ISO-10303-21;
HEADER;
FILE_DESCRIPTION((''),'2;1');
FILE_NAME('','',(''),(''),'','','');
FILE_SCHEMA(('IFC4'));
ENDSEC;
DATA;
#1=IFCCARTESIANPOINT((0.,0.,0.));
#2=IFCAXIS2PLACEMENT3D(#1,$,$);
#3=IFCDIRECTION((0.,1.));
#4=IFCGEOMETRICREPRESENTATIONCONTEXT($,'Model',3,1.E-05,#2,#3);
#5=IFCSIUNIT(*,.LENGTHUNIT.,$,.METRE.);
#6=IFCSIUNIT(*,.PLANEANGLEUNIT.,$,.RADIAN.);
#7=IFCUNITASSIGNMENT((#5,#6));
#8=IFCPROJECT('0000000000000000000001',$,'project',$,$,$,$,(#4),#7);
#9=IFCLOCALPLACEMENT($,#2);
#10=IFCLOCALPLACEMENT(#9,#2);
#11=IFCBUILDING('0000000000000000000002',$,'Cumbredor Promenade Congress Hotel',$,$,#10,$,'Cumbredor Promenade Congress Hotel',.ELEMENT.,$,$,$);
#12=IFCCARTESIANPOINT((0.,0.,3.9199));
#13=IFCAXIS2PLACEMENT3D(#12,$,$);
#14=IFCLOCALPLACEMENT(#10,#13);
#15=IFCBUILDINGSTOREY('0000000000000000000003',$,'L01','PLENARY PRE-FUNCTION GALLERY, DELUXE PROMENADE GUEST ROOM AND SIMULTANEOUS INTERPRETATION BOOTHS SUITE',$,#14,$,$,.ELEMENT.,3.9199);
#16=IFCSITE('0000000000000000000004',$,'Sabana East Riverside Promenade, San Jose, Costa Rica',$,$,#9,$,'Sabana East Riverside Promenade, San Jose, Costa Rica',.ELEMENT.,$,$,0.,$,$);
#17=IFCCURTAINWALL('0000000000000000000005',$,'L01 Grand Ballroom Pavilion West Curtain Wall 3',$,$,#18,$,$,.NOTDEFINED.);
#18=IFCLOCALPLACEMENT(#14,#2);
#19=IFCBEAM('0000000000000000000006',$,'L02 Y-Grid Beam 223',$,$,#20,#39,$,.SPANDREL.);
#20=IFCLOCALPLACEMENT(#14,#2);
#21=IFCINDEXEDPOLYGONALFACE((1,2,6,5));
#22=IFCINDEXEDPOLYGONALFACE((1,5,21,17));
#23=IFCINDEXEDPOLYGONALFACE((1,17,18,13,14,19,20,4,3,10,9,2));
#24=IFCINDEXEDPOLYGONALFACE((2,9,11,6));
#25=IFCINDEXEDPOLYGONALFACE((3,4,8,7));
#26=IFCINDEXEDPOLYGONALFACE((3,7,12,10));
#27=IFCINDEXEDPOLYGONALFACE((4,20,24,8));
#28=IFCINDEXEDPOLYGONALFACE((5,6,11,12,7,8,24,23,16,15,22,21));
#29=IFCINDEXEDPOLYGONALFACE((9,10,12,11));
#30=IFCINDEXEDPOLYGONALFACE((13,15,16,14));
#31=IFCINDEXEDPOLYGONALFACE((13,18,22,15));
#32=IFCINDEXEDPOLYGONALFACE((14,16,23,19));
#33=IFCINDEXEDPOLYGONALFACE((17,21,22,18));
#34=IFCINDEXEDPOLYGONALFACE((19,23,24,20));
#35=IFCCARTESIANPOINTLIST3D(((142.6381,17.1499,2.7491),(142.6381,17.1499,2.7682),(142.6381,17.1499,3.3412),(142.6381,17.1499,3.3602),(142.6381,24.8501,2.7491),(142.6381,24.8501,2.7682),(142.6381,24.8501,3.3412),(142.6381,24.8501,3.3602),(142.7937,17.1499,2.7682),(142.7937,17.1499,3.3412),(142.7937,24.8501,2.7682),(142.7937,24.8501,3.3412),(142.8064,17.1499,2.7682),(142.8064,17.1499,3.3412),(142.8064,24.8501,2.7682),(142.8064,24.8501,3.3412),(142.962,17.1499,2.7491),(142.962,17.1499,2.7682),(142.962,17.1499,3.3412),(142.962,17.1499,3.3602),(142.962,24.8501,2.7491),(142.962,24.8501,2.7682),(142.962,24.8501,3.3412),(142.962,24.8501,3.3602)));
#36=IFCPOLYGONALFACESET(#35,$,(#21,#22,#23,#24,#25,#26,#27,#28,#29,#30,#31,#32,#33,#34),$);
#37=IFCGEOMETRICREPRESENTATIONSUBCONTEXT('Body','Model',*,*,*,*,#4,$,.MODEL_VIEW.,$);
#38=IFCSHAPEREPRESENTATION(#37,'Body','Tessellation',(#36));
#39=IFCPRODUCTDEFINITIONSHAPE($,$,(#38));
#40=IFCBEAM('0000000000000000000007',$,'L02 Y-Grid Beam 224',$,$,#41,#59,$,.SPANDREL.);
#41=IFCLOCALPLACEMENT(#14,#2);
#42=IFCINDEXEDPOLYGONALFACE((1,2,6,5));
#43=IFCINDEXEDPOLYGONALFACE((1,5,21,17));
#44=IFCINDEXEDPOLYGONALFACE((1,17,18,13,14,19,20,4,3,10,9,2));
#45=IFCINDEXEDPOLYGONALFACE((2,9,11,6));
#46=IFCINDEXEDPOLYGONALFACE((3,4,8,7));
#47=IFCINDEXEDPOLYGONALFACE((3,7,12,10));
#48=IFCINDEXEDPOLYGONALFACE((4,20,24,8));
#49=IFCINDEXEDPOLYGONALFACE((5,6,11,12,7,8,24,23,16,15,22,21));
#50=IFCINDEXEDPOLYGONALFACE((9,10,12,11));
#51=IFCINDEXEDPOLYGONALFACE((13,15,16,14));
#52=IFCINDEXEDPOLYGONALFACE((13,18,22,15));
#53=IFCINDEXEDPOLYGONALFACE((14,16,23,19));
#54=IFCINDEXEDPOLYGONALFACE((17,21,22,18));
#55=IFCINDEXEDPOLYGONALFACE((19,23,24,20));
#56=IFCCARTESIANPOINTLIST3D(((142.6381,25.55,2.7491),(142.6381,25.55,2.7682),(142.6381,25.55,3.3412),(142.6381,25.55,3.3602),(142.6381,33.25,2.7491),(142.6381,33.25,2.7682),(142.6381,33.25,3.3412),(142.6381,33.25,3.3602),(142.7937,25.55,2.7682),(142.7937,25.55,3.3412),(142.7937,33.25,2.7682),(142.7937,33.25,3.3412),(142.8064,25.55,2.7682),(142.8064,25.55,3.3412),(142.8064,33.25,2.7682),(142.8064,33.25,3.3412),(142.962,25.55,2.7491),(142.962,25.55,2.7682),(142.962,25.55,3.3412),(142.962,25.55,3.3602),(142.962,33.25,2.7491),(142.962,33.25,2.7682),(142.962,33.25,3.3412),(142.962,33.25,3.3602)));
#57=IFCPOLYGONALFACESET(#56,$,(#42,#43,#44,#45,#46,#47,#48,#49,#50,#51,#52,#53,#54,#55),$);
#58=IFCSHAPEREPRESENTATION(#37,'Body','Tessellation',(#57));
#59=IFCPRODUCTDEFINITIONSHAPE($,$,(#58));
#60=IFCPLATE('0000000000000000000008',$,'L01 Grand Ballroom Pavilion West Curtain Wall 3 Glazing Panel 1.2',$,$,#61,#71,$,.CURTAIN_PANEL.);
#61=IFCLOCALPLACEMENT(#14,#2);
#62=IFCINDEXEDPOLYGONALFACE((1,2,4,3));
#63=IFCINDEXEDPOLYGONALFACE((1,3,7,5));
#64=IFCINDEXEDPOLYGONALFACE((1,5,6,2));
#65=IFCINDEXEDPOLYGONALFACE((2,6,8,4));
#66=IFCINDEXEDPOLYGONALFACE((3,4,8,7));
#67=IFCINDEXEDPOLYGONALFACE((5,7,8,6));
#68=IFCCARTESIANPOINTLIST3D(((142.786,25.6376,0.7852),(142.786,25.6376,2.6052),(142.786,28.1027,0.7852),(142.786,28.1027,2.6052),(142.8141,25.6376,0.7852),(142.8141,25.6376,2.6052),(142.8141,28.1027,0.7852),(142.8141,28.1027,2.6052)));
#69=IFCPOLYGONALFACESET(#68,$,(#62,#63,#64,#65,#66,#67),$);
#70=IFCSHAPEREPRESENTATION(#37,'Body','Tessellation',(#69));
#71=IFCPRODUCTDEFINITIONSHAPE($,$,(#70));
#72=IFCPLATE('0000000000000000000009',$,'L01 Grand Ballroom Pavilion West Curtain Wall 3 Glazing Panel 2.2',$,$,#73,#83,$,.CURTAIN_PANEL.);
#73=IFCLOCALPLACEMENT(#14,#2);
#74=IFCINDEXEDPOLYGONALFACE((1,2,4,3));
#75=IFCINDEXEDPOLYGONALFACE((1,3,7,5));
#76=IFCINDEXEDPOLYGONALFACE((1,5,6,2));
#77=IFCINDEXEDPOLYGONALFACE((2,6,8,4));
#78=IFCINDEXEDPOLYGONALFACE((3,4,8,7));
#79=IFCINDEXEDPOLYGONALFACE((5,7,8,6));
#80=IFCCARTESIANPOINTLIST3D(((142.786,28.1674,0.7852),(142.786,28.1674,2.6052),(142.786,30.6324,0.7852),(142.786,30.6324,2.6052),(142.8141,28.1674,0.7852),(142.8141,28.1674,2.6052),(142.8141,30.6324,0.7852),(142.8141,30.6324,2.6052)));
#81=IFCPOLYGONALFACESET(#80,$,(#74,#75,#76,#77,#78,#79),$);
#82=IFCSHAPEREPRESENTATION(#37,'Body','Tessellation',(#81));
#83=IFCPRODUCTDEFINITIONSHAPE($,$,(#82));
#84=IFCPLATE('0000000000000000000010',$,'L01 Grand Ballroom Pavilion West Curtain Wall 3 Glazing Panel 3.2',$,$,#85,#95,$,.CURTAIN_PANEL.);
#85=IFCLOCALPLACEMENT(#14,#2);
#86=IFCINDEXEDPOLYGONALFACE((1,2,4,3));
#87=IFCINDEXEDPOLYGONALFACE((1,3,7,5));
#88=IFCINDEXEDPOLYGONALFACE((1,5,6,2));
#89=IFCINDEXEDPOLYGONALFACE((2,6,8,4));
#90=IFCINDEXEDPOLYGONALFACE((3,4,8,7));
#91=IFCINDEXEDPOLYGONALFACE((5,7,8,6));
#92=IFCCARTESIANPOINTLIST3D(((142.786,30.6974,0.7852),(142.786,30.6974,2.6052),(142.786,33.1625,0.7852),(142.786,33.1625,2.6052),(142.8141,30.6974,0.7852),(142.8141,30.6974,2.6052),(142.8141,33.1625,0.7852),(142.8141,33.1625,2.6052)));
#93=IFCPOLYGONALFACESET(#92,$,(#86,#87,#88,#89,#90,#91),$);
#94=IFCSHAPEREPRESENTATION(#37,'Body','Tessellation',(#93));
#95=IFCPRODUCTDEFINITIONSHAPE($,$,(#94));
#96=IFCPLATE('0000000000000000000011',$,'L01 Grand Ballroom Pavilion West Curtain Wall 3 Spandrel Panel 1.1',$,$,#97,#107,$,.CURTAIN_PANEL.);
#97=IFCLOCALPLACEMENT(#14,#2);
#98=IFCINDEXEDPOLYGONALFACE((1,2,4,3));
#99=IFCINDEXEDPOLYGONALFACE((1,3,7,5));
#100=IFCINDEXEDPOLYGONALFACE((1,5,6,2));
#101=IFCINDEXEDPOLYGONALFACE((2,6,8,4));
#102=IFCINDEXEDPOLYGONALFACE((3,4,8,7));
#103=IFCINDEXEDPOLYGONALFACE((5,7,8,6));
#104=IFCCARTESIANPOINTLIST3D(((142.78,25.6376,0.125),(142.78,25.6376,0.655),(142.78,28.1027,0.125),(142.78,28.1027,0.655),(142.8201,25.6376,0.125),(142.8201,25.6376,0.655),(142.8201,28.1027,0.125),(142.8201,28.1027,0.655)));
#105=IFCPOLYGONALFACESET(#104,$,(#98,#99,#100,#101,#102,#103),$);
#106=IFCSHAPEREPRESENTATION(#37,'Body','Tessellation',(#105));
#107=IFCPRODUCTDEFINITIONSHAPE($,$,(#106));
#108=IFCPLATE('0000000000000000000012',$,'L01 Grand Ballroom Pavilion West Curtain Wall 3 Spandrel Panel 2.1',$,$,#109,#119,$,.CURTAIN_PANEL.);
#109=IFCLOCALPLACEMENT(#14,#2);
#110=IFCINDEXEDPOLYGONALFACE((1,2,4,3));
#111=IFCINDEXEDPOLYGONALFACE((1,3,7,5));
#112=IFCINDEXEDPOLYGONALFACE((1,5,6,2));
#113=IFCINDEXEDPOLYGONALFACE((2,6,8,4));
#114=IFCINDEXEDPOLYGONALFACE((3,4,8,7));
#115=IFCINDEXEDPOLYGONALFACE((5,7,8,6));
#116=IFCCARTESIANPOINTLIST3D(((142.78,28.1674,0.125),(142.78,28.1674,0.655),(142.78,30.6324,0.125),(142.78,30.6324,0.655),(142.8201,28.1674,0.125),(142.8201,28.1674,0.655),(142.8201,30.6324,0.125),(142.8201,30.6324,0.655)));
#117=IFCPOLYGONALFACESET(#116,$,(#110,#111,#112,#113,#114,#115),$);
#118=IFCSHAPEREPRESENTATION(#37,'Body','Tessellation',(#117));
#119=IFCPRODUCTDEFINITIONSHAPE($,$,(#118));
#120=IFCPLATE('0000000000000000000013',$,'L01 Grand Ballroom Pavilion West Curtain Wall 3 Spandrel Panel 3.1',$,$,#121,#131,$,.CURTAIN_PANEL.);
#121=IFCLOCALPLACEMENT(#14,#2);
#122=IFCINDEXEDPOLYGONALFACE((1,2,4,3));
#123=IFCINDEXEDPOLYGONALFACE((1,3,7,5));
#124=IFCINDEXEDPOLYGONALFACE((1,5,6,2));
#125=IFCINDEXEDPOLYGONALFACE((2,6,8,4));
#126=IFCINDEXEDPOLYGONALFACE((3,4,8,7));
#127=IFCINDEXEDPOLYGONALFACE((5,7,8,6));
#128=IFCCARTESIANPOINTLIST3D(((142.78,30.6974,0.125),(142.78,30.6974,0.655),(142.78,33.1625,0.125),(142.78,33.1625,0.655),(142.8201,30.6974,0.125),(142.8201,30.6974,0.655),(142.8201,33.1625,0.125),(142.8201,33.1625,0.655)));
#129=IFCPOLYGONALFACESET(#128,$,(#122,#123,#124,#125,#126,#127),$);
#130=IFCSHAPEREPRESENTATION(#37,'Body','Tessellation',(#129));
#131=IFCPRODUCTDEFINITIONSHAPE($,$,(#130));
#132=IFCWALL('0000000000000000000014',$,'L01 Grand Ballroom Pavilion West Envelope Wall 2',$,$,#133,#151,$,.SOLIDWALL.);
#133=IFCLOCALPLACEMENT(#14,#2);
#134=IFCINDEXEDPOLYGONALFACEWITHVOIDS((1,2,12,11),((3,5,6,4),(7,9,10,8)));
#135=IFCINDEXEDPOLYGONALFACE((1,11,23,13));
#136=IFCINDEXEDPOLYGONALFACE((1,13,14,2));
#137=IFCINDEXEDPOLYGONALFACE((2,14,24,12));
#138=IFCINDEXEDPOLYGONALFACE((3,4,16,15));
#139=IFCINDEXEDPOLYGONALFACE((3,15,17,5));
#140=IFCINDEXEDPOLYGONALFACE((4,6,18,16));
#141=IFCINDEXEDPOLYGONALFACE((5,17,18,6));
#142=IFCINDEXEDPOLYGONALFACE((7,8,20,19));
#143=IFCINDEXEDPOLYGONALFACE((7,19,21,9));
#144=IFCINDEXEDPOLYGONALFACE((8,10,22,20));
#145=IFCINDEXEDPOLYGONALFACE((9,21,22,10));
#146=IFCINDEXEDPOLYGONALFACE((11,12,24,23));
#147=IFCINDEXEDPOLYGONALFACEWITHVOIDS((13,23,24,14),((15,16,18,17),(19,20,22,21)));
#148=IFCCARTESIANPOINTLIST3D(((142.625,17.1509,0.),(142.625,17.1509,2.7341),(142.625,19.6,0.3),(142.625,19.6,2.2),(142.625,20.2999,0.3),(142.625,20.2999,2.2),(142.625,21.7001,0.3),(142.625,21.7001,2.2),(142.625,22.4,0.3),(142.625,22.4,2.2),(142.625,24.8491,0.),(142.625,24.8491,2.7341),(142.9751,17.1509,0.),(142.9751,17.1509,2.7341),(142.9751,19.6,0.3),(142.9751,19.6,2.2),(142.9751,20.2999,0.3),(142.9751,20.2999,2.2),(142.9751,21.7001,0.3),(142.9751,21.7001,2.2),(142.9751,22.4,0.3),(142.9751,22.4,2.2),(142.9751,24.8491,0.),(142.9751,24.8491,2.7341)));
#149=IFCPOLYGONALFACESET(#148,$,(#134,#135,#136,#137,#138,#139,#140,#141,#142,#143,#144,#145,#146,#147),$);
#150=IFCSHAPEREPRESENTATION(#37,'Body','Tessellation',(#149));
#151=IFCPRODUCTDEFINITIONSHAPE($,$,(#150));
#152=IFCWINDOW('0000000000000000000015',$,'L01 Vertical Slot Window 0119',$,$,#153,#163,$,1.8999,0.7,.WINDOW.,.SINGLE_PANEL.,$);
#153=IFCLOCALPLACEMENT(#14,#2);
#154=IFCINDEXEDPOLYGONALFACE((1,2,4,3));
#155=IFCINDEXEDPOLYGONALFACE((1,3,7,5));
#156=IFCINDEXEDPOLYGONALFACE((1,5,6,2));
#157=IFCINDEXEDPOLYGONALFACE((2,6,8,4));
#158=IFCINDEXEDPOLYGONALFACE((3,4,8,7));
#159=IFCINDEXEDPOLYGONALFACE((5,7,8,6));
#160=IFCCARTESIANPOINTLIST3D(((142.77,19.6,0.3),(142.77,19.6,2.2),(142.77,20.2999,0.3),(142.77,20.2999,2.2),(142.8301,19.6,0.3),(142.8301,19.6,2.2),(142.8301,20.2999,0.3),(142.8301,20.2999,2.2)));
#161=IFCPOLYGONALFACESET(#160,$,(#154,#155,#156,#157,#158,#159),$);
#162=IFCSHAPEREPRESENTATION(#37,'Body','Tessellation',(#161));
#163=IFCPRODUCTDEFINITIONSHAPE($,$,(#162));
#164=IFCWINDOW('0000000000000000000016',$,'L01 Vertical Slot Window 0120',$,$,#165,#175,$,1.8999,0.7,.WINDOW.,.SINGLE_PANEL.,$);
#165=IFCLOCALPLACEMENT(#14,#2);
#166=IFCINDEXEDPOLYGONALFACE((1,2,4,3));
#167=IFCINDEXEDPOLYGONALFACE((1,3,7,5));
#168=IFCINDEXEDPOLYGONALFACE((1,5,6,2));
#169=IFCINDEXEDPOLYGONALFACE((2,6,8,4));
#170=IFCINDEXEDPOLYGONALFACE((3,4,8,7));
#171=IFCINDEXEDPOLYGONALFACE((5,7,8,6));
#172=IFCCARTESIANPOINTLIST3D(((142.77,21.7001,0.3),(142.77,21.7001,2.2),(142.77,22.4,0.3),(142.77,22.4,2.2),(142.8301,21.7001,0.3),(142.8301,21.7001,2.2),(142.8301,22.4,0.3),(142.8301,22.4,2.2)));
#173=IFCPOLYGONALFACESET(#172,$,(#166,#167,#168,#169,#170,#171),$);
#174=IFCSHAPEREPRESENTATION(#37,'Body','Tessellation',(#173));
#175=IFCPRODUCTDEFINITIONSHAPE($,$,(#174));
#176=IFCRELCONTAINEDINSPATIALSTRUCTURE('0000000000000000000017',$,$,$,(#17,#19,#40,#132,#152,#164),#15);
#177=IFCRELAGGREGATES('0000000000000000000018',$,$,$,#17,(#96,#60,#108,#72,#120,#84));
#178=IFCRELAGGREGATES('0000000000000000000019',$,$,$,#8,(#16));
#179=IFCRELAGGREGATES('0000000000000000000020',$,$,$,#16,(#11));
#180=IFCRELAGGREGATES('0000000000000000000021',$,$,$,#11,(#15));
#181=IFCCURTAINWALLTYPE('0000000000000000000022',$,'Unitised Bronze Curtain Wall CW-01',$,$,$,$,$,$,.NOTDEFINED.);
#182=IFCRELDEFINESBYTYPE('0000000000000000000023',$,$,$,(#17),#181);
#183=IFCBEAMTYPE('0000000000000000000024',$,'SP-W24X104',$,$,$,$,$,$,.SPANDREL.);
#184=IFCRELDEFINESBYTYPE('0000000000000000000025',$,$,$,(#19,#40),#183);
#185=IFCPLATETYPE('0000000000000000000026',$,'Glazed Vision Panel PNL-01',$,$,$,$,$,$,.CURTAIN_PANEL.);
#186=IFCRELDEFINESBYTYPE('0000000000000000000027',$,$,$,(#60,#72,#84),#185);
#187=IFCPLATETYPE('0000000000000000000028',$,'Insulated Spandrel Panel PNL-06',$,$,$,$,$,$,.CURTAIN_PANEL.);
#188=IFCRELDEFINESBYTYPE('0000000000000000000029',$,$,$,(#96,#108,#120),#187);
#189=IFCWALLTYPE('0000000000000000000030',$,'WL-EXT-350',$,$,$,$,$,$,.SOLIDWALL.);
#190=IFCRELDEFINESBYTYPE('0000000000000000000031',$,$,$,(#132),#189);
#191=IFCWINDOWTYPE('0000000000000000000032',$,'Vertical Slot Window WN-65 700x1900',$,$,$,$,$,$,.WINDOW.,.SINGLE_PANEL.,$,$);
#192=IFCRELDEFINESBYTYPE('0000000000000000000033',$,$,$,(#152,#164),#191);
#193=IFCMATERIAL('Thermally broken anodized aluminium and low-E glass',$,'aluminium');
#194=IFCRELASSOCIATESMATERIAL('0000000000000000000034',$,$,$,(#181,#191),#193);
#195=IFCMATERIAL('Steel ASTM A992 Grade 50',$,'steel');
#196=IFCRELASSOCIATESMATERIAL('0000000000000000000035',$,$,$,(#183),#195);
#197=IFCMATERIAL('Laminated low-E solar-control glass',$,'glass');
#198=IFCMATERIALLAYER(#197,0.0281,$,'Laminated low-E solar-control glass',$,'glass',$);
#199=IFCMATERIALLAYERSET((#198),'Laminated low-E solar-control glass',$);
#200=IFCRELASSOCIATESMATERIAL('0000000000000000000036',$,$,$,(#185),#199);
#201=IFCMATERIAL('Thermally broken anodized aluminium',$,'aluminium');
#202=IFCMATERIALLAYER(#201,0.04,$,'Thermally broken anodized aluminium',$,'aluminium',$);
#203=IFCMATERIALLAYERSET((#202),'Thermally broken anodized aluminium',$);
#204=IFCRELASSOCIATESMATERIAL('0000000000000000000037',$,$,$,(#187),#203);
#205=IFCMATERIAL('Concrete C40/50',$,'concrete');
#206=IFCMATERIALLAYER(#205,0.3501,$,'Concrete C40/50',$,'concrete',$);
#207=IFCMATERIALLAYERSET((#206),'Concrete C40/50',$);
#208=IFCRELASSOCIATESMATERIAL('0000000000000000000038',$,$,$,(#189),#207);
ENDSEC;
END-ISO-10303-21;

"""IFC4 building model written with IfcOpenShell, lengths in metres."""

from ifc_helpers import new_model, si_unit, direction, frame, frame_2d, origin, origin_2d, place, context, subcontext, project, spatial, rectangle, i_section, extrude, material, layer, layer_set, material_profile, profile_set, type_object, element, fill, aggregate, save


model = new_model("IFC4")

# Units and contexts
model_context = context("Model", 3, precision=1e-05, world=origin(), true_north=direction((0.0, 1.0)))
body_context = subcontext(model_context, "Body", "Model", "MODEL_VIEW")
ifc_project = project(units=[si_unit("LENGTHUNIT", "METRE"), si_unit("PLANEANGLEUNIT", "RADIAN")], contexts=[model_context])

# Site, building, storey
site_placement = place(None, origin())
site = spatial("IfcSite", under=ifc_project, at=site_placement, Name="Sabana East Riverside Promenade, San Jose, Costa Rica", LongName="Sabana East Riverside Promenade, San Jose, Costa Rica", CompositionType="ELEMENT", RefElevation=0.0)
building_placement = place(site_placement, origin())
building = spatial("IfcBuilding", under=site, at=building_placement, Name="Cumbredor Promenade Congress Hotel", LongName="Cumbredor Promenade Congress Hotel", CompositionType="ELEMENT")
storey_placement = place(building_placement, frame((0.0, 0.0, 3.9199)))
storey = spatial("IfcBuildingStorey", under=building, at=storey_placement, Name="L01", Description="PLENARY PRE-FUNCTION GALLERY, DELUXE PROMENADE GUEST ROOM AND SIMULTANEOUS INTERPRETATION BOOTHS SUITE", CompositionType="ELEMENT", Elevation=3.9199)

# Shared definitions
ifc_material_1 = material(Name="Concrete C40/50", Category="concrete")

# Curtain wall
ifc_material_2 = material(Name="Thermally broken anodized aluminium and low-E glass", Category="aluminium")
curtain_wall_type = type_object("IfcCurtainWallType", Name="Unitised Bronze Curtain Wall CW-01", PredefinedType="NOTDEFINED", material=ifc_material_2)
curtain_wall_placement = place(storey_placement, origin())
curtain_wall = element("IfcCurtainWall", 1, at=curtain_wall_placement, inside=storey, type_object=curtain_wall_type, Name="L01 Grand Ballroom Pavilion West Curtain Wall 3", PredefinedType="NOTDEFINED")
ifc_material_3 = material(Name="Thermally broken anodized aluminium", Category="aluminium")

# Beams
ifc_material_4 = material(Name="Steel ASTM A992 Grade 50", Category="steel")
ifc_material_profile_1 = material_profile(ifc_material_4, i_section(OverallWidth=0.324, OverallDepth=0.6111, WebThickness=0.0127, FlangeThickness=0.019, at=origin_2d()), Name="W24X104")
ifc_profile_set_1 = profile_set([ifc_material_profile_1], Name="Steel ASTM A992 Grade 50")
beam_type = type_object("IfcBeamType", Name="SP-W24X104", PredefinedType="SPANDREL", material=ifc_profile_set_1)
beam_1_placement = place(storey_placement, frame((142.8, 17.1499, 3.0547), z_axis=(0.0, 1.0, 0.0), x_axis=(-1.0, 0.0, 0.0)))
element("IfcBeam", 2, at=beam_1_placement, inside=storey, type_object=beam_type, Name="L02 Y-Grid Beam 223", PredefinedType="SPANDREL", context=body_context, shape_type="SweptSolid", body=[
    extrude(i_section(OverallWidth=0.324, OverallDepth=0.6111, WebThickness=0.0127, FlangeThickness=0.019, at=origin_2d()), origin(), (0.0, 0.0, 1.0), 7.7002),
])
beam_2_placement = place(storey_placement, frame((142.8, 25.55, 3.0547), z_axis=(0.0, 1.0, 0.0), x_axis=(-1.0, 0.0, 0.0)))
element("IfcBeam", 3, at=beam_2_placement, inside=storey, type_object=beam_type, Name="L02 Y-Grid Beam 224", PredefinedType="SPANDREL", context=body_context, shape_type="SweptSolid", body=[
    extrude(i_section(OverallWidth=0.324, OverallDepth=0.6111, WebThickness=0.0127, FlangeThickness=0.019, at=origin_2d()), origin(), (0.0, 0.0, 1.0), 7.7),
])

# Plates
ifc_material_5 = material(Name="Laminated low-E solar-control glass", Category="glass")
ifc_layer_1 = layer(ifc_material_5, 0.0281, Name="Laminated low-E solar-control glass", Category="glass")
ifc_layer_set_1 = layer_set([ifc_layer_1], Name="Laminated low-E solar-control glass")
plate_type_1 = type_object("IfcPlateType", Name="Glazed Vision Panel PNL-01", PredefinedType="CURTAIN_PANEL", material=ifc_layer_set_1)
plate_1_placement = place(storey_placement, frame((142.8, 26.8701, 0.7852), z_axis=(0.0, 0.0, 1.0), x_axis=(0.0, 1.0, 0.0)))
plate_1 = element("IfcPlate", 4, at=plate_1_placement, type_object=plate_type_1, Name="L01 Grand Ballroom Pavilion West Curtain Wall 3 Glazing Panel 1.2", PredefinedType="CURTAIN_PANEL", context=body_context, shape_type="SweptSolid", body=[
    extrude(rectangle(XDim=2.4651, YDim=0.0281, at=origin_2d()), origin(), (0.0, 0.0, 1.0), 1.8201),
])
plate_2_placement = place(storey_placement, frame((142.8, 29.3999, 0.7852), z_axis=(0.0, 0.0, 1.0), x_axis=(0.0, 1.0, 0.0)))
plate_2 = element("IfcPlate", 5, at=plate_2_placement, type_object=plate_type_1, Name="L01 Grand Ballroom Pavilion West Curtain Wall 3 Glazing Panel 2.2", PredefinedType="CURTAIN_PANEL", context=body_context, shape_type="SweptSolid", body=[
    extrude(rectangle(XDim=2.4651, YDim=0.0281, at=origin_2d()), origin(), (0.0, 0.0, 1.0), 1.8201),
])
plate_3_placement = place(storey_placement, frame((142.8, 31.9299, 0.7852), z_axis=(0.0, 0.0, 1.0), x_axis=(0.0, 1.0, 0.0)))
plate_3 = element("IfcPlate", 6, at=plate_3_placement, type_object=plate_type_1, Name="L01 Grand Ballroom Pavilion West Curtain Wall 3 Glazing Panel 3.2", PredefinedType="CURTAIN_PANEL", context=body_context, shape_type="SweptSolid", body=[
    extrude(rectangle(XDim=2.4651, YDim=0.0281, at=origin_2d()), origin(), (0.0, 0.0, 1.0), 1.8201),
])
ifc_layer_2 = layer(ifc_material_3, 0.04, Name="Thermally broken anodized aluminium", Category="aluminium")
ifc_layer_set_2 = layer_set([ifc_layer_2], Name="Thermally broken anodized aluminium")
plate_type_2 = type_object("IfcPlateType", Name="Insulated Spandrel Panel PNL-06", PredefinedType="CURTAIN_PANEL", material=ifc_layer_set_2)
plate_4_placement = place(storey_placement, frame((142.8, 26.8701, 0.125), z_axis=(0.0, 0.0, 1.0), x_axis=(0.0, 1.0, 0.0)))
plate_4 = element("IfcPlate", 7, at=plate_4_placement, type_object=plate_type_2, Name="L01 Grand Ballroom Pavilion West Curtain Wall 3 Spandrel Panel 1.1", PredefinedType="CURTAIN_PANEL", context=body_context, shape_type="SweptSolid", body=[
    extrude(rectangle(XDim=2.4651, YDim=0.04, at=origin_2d()), origin(), (0.0, 0.0, 1.0), 0.53),
])
plate_5_placement = place(storey_placement, frame((142.8, 29.3999, 0.125), z_axis=(0.0, 0.0, 1.0), x_axis=(0.0, 1.0, 0.0)))
plate_5 = element("IfcPlate", 8, at=plate_5_placement, type_object=plate_type_2, Name="L01 Grand Ballroom Pavilion West Curtain Wall 3 Spandrel Panel 2.1", PredefinedType="CURTAIN_PANEL", context=body_context, shape_type="SweptSolid", body=[
    extrude(rectangle(XDim=2.4651, YDim=0.04, at=origin_2d()), origin(), (0.0, 0.0, 1.0), 0.53),
])
plate_6_placement = place(storey_placement, frame((142.8, 31.9299, 0.125), z_axis=(0.0, 0.0, 1.0), x_axis=(0.0, 1.0, 0.0)))
plate_6 = element("IfcPlate", 9, at=plate_6_placement, type_object=plate_type_2, Name="L01 Grand Ballroom Pavilion West Curtain Wall 3 Spandrel Panel 3.1", PredefinedType="CURTAIN_PANEL", context=body_context, shape_type="SweptSolid", body=[
    extrude(rectangle(XDim=2.4651, YDim=0.04, at=origin_2d()), origin(), (0.0, 0.0, 1.0), 0.53),
])
aggregate(curtain_wall, [plate_4, plate_1, plate_5, plate_2, plate_6, plate_3])

# Wall, openings, windows
ifc_layer_3 = layer(ifc_material_1, 0.3501, Name="Concrete C40/50", Category="concrete")
ifc_layer_set_3 = layer_set([ifc_layer_3], Name="Concrete C40/50")
wall_type = type_object("IfcWallType", Name="WL-EXT-350", PredefinedType="SOLIDWALL", material=ifc_layer_set_3)
wall_placement = place(storey_placement, frame((142.8, 17.1509, 0.0), z_axis=(0.0, 0.0, 1.0), x_axis=(0.0, 1.0, 0.0)))
wall = element("IfcWall", 10, at=wall_placement, inside=storey, type_object=wall_type, Name="L01 Grand Ballroom Pavilion West Envelope Wall 2", PredefinedType="SOLIDWALL", context=body_context, shape_type="SweptSolid", body=[
    extrude(rectangle(XDim=7.6982, YDim=0.3501, at=frame_2d((3.8491, 0.0))), origin(), (0.0, 0.0, 1.0), 2.7341),
])
opening_1_placement = place(wall_placement, frame((2.449, 0.0, 0.3)))
opening_1 = element("IfcOpeningElement", 11, at=opening_1_placement, cuts=wall, PredefinedType="OPENING", context=body_context, shape_type="SweptSolid", body=[
    extrude(rectangle(XDim=0.7, YDim=1.8999, at=frame_2d((0.3501, 0.95))), frame((0.0, 0.1851, 0.0), z_axis=(0.0, -1.0, 0.0), x_axis=(1.0, 0.0, 0.0)), (0.0, 0.0, 1.0), 0.3701),
])
opening_2_placement = place(wall_placement, frame((4.5491, 0.0, 0.3)))
opening_2 = element("IfcOpeningElement", 12, at=opening_2_placement, cuts=wall, PredefinedType="OPENING", context=body_context, shape_type="SweptSolid", body=[
    extrude(rectangle(XDim=0.7, YDim=1.8999, at=frame_2d((0.3501, 0.95))), frame((0.0, 0.1851, 0.0), z_axis=(0.0, -1.0, 0.0), x_axis=(1.0, 0.0, 0.0)), (0.0, 0.0, 1.0), 0.3701),
])
window_type = type_object("IfcWindowType", Name="Vertical Slot Window WN-65 700x1900", PartitioningType="SINGLE_PANEL", PredefinedType="WINDOW", material=ifc_material_2)
window_1_placement = place(opening_1_placement, origin())
window_1 = element("IfcWindow", 13, at=window_1_placement, inside=storey, type_object=window_type, Name="L01 Vertical Slot Window 0119", OverallHeight=1.8999, OverallWidth=0.7, PartitioningType="SINGLE_PANEL", PredefinedType="WINDOW", context=body_context, shape_type="SweptSolid", body=[
    extrude(rectangle(XDim=0.7, YDim=1.8999, at=frame_2d((0.3501, 0.95))), frame((0.0, 0.03, 0.0), z_axis=(0.0, -1.0, 0.0), x_axis=(1.0, 0.0, 0.0)), (0.0, 0.0, 1.0), 0.0601),
])
fill(opening_1, window_1)
window_2_placement = place(opening_2_placement, origin())
window_2 = element("IfcWindow", 14, at=window_2_placement, inside=storey, type_object=window_type, Name="L01 Vertical Slot Window 0120", OverallHeight=1.8999, OverallWidth=0.7, PartitioningType="SINGLE_PANEL", PredefinedType="WINDOW", context=body_context, shape_type="SweptSolid", body=[
    extrude(rectangle(XDim=0.7, YDim=1.8999, at=frame_2d((0.3501, 0.95))), frame((0.0, 0.03, 0.0), z_axis=(0.0, -1.0, 0.0), x_axis=(1.0, 0.0, 0.0)), (0.0, 0.0, 1.0), 0.0601),
])
fill(opening_2, window_2)

save(model, "model.ifc")
